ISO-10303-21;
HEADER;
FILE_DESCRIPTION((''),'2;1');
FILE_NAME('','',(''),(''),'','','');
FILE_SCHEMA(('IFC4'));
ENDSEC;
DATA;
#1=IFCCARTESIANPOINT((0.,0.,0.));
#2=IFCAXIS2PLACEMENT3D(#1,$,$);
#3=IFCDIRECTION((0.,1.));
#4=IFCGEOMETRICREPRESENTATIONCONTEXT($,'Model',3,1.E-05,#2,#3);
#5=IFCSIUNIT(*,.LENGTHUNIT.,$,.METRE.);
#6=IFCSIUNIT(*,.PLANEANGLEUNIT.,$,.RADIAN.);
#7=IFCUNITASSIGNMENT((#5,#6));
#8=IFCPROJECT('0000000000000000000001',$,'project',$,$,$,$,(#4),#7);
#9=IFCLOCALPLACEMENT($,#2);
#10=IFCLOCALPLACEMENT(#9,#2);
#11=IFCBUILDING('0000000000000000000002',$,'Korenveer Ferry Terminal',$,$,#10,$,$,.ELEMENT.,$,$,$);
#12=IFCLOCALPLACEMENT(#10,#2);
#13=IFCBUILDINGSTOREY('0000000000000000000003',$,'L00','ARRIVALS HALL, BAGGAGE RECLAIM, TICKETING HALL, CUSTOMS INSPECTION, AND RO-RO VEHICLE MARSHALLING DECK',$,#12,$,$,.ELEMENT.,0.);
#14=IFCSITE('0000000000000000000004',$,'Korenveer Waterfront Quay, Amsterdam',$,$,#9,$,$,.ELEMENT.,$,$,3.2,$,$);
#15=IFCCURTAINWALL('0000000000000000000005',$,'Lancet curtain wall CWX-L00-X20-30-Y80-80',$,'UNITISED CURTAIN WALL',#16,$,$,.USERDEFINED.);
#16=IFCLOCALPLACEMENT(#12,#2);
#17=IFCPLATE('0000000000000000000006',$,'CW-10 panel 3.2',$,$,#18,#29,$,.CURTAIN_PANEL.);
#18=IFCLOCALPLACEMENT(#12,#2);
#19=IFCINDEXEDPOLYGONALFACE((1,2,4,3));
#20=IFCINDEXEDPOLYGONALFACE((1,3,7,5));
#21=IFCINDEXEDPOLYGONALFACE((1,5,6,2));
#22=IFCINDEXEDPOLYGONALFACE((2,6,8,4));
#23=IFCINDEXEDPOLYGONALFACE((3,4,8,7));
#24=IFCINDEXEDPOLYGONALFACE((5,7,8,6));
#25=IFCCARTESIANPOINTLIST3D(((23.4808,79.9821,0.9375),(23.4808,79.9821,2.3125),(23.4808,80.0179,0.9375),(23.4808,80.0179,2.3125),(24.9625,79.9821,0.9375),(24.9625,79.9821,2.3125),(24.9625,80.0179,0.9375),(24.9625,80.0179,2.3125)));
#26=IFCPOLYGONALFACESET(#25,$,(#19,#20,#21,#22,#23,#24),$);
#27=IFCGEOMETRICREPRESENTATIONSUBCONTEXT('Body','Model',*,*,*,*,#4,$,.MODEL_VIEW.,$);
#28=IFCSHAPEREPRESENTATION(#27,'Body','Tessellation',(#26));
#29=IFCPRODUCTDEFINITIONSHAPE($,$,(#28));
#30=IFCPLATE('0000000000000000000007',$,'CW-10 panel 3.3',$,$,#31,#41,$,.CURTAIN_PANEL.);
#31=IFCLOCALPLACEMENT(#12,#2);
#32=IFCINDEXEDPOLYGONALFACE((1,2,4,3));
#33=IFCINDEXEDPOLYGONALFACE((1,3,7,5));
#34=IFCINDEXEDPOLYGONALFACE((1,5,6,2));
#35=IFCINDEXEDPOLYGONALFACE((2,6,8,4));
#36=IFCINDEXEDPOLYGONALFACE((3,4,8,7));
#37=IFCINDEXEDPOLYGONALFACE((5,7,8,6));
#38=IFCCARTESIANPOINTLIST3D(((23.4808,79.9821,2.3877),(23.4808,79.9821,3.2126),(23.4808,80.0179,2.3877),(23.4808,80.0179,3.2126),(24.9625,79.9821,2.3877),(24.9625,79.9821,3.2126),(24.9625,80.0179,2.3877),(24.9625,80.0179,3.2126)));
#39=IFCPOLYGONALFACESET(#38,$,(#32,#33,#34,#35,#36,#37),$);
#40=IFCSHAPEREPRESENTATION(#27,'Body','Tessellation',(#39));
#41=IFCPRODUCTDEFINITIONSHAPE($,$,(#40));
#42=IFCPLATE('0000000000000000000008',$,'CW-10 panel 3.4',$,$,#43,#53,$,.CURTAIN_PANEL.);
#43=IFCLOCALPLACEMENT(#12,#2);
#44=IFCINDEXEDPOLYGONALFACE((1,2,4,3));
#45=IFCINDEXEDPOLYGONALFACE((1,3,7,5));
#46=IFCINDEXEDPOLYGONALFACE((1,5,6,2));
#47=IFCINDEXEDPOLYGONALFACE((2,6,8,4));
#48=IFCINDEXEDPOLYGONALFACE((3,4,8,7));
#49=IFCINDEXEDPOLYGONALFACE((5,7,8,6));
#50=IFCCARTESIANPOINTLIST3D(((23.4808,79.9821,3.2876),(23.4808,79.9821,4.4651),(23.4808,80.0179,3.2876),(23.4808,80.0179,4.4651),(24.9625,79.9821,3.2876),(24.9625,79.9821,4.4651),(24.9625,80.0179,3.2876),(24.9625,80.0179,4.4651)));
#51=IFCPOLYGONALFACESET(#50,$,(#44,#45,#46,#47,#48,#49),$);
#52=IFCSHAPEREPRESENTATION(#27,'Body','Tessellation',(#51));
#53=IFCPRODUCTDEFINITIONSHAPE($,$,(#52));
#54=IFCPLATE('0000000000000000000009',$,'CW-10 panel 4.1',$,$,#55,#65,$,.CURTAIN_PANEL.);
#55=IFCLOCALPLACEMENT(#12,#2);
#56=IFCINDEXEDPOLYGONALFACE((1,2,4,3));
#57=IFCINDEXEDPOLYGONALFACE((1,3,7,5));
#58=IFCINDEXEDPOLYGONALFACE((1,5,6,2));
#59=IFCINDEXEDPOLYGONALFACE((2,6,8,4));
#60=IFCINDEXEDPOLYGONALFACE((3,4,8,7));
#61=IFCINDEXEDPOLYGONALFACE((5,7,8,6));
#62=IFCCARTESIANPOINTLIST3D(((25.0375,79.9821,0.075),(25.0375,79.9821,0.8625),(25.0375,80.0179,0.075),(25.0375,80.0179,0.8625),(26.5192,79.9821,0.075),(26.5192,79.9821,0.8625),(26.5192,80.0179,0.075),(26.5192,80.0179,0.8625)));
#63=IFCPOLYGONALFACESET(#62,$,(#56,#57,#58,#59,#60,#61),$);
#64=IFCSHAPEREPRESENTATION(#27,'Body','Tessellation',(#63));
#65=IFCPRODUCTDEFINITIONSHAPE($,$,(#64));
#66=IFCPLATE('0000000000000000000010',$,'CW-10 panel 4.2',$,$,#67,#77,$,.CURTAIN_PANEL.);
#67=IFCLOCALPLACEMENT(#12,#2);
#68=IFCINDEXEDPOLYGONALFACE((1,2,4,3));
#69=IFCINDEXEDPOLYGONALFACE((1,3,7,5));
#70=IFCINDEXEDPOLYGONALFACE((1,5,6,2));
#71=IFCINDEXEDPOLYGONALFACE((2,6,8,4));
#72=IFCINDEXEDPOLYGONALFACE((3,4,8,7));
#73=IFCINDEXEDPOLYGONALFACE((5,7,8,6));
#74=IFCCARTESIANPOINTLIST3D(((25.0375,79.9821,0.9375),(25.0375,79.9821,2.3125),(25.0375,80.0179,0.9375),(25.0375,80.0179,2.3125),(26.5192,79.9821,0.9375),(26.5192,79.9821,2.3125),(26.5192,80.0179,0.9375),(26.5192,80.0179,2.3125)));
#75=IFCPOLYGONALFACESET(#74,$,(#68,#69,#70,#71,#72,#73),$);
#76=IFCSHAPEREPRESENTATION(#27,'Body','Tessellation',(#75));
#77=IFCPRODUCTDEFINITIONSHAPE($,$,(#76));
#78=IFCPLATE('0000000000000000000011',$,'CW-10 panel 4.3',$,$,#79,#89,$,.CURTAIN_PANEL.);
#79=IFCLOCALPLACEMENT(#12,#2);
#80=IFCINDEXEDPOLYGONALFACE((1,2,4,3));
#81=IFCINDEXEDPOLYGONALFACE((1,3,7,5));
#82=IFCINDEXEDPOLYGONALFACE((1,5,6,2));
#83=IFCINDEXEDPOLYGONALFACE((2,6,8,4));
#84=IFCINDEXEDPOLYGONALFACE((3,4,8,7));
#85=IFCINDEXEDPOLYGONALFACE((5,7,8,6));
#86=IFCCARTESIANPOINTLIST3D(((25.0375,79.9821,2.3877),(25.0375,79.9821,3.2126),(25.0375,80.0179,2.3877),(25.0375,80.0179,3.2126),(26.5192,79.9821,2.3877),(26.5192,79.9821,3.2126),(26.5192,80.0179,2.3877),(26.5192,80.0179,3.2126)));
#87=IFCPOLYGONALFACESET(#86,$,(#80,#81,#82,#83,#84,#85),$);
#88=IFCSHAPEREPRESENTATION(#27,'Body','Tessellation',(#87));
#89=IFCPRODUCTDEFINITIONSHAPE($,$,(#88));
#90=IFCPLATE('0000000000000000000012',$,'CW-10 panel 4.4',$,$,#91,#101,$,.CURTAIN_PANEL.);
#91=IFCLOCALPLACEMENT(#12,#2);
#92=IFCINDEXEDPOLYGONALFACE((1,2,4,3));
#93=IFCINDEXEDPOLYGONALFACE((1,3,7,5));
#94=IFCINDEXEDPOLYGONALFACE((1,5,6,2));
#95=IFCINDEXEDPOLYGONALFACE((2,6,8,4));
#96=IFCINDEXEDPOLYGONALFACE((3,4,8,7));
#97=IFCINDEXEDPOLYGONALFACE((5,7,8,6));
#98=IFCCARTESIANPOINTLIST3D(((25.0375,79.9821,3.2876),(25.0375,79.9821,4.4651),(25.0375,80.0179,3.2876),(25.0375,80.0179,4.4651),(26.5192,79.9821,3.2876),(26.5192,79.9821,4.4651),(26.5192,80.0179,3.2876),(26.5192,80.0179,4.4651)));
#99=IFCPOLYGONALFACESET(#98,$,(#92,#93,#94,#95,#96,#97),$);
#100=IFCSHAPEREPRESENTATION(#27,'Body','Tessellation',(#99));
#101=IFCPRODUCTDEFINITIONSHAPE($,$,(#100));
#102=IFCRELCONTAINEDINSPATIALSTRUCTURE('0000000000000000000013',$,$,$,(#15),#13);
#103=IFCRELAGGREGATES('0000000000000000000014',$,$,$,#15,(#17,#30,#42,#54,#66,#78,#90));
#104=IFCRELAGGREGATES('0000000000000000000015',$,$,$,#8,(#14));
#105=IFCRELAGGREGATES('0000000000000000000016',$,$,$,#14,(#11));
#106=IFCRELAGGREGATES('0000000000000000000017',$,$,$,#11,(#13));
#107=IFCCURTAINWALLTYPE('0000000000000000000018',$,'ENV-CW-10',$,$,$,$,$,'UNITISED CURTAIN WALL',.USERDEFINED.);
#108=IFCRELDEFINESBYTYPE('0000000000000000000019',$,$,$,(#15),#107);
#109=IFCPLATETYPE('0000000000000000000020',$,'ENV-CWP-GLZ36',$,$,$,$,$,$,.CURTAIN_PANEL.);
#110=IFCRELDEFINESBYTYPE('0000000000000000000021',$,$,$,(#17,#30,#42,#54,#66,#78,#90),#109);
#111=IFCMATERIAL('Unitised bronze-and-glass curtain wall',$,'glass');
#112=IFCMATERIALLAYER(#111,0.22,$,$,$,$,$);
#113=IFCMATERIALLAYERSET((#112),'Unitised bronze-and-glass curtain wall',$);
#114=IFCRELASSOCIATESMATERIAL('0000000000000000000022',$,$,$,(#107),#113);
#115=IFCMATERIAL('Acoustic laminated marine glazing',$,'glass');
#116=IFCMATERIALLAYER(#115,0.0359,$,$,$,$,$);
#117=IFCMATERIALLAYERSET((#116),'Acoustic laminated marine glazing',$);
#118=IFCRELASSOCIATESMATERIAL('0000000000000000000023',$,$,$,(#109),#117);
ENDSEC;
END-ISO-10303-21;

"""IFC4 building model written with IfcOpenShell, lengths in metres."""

from ifc_helpers import new_model, si_unit, direction, frame, origin, origin_2d, place, context, subcontext, project, spatial, rectangle, extrude, material, layer, layer_set, type_object, element, aggregate, save


model = new_model("IFC4")

# Units and contexts
model_context = context("Model", 3, precision=1e-05, world=origin(), true_north=direction((0.0, 1.0)))
body_context = subcontext(model_context, "Body", "Model", "MODEL_VIEW")
ifc_project = project(units=[si_unit("LENGTHUNIT", "METRE"), si_unit("PLANEANGLEUNIT", "RADIAN")], contexts=[model_context])

# Site, building, storey
site_placement = place(None, origin())
site = spatial("IfcSite", under=ifc_project, at=site_placement, Name="Korenveer Waterfront Quay, Amsterdam", CompositionType="ELEMENT", RefElevation=3.2)
building_placement = place(site_placement, origin())
building = spatial("IfcBuilding", under=site, at=building_placement, Name="Korenveer Ferry Terminal", CompositionType="ELEMENT")
storey_placement = place(building_placement, origin())
storey = spatial("IfcBuildingStorey", under=building, at=storey_placement, Name="L00", Description="ARRIVALS HALL, BAGGAGE RECLAIM, TICKETING HALL, CUSTOMS INSPECTION, AND RO-RO VEHICLE MARSHALLING DECK", CompositionType="ELEMENT", Elevation=0.0)

# Curtain wall, plates
ifc_material_1 = material(Name="Unitised bronze-and-glass curtain wall", Category="glass")
ifc_layer_1 = layer(ifc_material_1, 0.22)
ifc_layer_set_1 = layer_set([ifc_layer_1], Name="Unitised bronze-and-glass curtain wall")
curtain_wall_type = type_object("IfcCurtainWallType", Name="ENV-CW-10", ElementType="UNITISED CURTAIN WALL", PredefinedType="USERDEFINED", material=ifc_layer_set_1)
curtain_wall_placement = place(storey_placement, frame((20.3301, 80.0, 0.0)))
curtain_wall = element("IfcCurtainWall", 1, at=curtain_wall_placement, inside=storey, type_object=curtain_wall_type, Name="Lancet curtain wall CWX-L00-X20-30-Y80-80", ObjectType="UNITISED CURTAIN WALL", PredefinedType="USERDEFINED")
ifc_material_2 = material(Name="Acoustic laminated marine glazing", Category="glass")
ifc_layer_2 = layer(ifc_material_2, 0.0359)
ifc_layer_set_2 = layer_set([ifc_layer_2], Name="Acoustic laminated marine glazing")
plate_type = type_object("IfcPlateType", Name="ENV-CWP-GLZ36", PredefinedType="CURTAIN_PANEL", material=ifc_layer_set_2)
plate_1_placement = place(storey_placement, frame((24.2217, 80.0, 0.9375), z_axis=(0.0, 0.0, 1.0), x_axis=(1.0, 0.0, 0.0)))
plate_1 = element("IfcPlate", 2, at=plate_1_placement, type_object=plate_type, Name="CW-10 panel 3.2", PredefinedType="CURTAIN_PANEL", context=body_context, shape_type="SweptSolid", body=[
    extrude(rectangle(XDim=1.4817, YDim=0.0359, at=origin_2d()), origin(), (0.0, 0.0, 1.0), 1.375),
])
plate_2_placement = place(storey_placement, frame((24.2217, 80.0, 2.3877), z_axis=(0.0, 0.0, 1.0), x_axis=(1.0, 0.0, 0.0)))
plate_2 = element("IfcPlate", 3, at=plate_2_placement, type_object=plate_type, Name="CW-10 panel 3.3", PredefinedType="CURTAIN_PANEL", context=body_context, shape_type="SweptSolid", body=[
    extrude(rectangle(XDim=1.4817, YDim=0.0359, at=origin_2d()), origin(), (0.0, 0.0, 1.0), 0.825),
])
plate_3_placement = place(storey_placement, frame((24.2217, 80.0, 3.2876), z_axis=(0.0, 0.0, 1.0), x_axis=(1.0, 0.0, 0.0)))
plate_3 = element("IfcPlate", 4, at=plate_3_placement, type_object=plate_type, Name="CW-10 panel 3.4", PredefinedType="CURTAIN_PANEL", context=body_context, shape_type="SweptSolid", body=[
    extrude(rectangle(XDim=1.4817, YDim=0.0359, at=origin_2d()), origin(), (0.0, 0.0, 1.0), 1.1775),
])
plate_4_placement = place(storey_placement, frame((25.7783, 80.0, 0.075), z_axis=(0.0, 0.0, 1.0), x_axis=(1.0, 0.0, 0.0)))
plate_4 = element("IfcPlate", 5, at=plate_4_placement, type_object=plate_type, Name="CW-10 panel 4.1", PredefinedType="CURTAIN_PANEL", context=body_context, shape_type="SweptSolid", body=[
    extrude(rectangle(XDim=1.4817, YDim=0.0359, at=origin_2d()), origin(), (0.0, 0.0, 1.0), 0.7876),
])
plate_5_placement = place(storey_placement, frame((25.7783, 80.0, 0.9375), z_axis=(0.0, 0.0, 1.0), x_axis=(1.0, 0.0, 0.0)))
plate_5 = element("IfcPlate", 6, at=plate_5_placement, type_object=plate_type, Name="CW-10 panel 4.2", PredefinedType="CURTAIN_PANEL", context=body_context, shape_type="SweptSolid", body=[
    extrude(rectangle(XDim=1.4817, YDim=0.0359, at=origin_2d()), origin(), (0.0, 0.0, 1.0), 1.375),
])
plate_6_placement = place(storey_placement, frame((25.7783, 80.0, 2.3877), z_axis=(0.0, 0.0, 1.0), x_axis=(1.0, 0.0, 0.0)))
plate_6 = element("IfcPlate", 7, at=plate_6_placement, type_object=plate_type, Name="CW-10 panel 4.3", PredefinedType="CURTAIN_PANEL", context=body_context, shape_type="SweptSolid", body=[
    extrude(rectangle(XDim=1.4817, YDim=0.0359, at=origin_2d()), origin(), (0.0, 0.0, 1.0), 0.825),
])
plate_7_placement = place(storey_placement, frame((25.7783, 80.0, 3.2876), z_axis=(0.0, 0.0, 1.0), x_axis=(1.0, 0.0, 0.0)))
plate_7 = element("IfcPlate", 8, at=plate_7_placement, type_object=plate_type, Name="CW-10 panel 4.4", PredefinedType="CURTAIN_PANEL", context=body_context, shape_type="SweptSolid", body=[
    extrude(rectangle(XDim=1.4817, YDim=0.0359, at=origin_2d()), origin(), (0.0, 0.0, 1.0), 1.1775),
])
aggregate(curtain_wall, [plate_1, plate_2, plate_3, plate_4, plate_5, plate_6, plate_7])

save(model, "model.ifc")
